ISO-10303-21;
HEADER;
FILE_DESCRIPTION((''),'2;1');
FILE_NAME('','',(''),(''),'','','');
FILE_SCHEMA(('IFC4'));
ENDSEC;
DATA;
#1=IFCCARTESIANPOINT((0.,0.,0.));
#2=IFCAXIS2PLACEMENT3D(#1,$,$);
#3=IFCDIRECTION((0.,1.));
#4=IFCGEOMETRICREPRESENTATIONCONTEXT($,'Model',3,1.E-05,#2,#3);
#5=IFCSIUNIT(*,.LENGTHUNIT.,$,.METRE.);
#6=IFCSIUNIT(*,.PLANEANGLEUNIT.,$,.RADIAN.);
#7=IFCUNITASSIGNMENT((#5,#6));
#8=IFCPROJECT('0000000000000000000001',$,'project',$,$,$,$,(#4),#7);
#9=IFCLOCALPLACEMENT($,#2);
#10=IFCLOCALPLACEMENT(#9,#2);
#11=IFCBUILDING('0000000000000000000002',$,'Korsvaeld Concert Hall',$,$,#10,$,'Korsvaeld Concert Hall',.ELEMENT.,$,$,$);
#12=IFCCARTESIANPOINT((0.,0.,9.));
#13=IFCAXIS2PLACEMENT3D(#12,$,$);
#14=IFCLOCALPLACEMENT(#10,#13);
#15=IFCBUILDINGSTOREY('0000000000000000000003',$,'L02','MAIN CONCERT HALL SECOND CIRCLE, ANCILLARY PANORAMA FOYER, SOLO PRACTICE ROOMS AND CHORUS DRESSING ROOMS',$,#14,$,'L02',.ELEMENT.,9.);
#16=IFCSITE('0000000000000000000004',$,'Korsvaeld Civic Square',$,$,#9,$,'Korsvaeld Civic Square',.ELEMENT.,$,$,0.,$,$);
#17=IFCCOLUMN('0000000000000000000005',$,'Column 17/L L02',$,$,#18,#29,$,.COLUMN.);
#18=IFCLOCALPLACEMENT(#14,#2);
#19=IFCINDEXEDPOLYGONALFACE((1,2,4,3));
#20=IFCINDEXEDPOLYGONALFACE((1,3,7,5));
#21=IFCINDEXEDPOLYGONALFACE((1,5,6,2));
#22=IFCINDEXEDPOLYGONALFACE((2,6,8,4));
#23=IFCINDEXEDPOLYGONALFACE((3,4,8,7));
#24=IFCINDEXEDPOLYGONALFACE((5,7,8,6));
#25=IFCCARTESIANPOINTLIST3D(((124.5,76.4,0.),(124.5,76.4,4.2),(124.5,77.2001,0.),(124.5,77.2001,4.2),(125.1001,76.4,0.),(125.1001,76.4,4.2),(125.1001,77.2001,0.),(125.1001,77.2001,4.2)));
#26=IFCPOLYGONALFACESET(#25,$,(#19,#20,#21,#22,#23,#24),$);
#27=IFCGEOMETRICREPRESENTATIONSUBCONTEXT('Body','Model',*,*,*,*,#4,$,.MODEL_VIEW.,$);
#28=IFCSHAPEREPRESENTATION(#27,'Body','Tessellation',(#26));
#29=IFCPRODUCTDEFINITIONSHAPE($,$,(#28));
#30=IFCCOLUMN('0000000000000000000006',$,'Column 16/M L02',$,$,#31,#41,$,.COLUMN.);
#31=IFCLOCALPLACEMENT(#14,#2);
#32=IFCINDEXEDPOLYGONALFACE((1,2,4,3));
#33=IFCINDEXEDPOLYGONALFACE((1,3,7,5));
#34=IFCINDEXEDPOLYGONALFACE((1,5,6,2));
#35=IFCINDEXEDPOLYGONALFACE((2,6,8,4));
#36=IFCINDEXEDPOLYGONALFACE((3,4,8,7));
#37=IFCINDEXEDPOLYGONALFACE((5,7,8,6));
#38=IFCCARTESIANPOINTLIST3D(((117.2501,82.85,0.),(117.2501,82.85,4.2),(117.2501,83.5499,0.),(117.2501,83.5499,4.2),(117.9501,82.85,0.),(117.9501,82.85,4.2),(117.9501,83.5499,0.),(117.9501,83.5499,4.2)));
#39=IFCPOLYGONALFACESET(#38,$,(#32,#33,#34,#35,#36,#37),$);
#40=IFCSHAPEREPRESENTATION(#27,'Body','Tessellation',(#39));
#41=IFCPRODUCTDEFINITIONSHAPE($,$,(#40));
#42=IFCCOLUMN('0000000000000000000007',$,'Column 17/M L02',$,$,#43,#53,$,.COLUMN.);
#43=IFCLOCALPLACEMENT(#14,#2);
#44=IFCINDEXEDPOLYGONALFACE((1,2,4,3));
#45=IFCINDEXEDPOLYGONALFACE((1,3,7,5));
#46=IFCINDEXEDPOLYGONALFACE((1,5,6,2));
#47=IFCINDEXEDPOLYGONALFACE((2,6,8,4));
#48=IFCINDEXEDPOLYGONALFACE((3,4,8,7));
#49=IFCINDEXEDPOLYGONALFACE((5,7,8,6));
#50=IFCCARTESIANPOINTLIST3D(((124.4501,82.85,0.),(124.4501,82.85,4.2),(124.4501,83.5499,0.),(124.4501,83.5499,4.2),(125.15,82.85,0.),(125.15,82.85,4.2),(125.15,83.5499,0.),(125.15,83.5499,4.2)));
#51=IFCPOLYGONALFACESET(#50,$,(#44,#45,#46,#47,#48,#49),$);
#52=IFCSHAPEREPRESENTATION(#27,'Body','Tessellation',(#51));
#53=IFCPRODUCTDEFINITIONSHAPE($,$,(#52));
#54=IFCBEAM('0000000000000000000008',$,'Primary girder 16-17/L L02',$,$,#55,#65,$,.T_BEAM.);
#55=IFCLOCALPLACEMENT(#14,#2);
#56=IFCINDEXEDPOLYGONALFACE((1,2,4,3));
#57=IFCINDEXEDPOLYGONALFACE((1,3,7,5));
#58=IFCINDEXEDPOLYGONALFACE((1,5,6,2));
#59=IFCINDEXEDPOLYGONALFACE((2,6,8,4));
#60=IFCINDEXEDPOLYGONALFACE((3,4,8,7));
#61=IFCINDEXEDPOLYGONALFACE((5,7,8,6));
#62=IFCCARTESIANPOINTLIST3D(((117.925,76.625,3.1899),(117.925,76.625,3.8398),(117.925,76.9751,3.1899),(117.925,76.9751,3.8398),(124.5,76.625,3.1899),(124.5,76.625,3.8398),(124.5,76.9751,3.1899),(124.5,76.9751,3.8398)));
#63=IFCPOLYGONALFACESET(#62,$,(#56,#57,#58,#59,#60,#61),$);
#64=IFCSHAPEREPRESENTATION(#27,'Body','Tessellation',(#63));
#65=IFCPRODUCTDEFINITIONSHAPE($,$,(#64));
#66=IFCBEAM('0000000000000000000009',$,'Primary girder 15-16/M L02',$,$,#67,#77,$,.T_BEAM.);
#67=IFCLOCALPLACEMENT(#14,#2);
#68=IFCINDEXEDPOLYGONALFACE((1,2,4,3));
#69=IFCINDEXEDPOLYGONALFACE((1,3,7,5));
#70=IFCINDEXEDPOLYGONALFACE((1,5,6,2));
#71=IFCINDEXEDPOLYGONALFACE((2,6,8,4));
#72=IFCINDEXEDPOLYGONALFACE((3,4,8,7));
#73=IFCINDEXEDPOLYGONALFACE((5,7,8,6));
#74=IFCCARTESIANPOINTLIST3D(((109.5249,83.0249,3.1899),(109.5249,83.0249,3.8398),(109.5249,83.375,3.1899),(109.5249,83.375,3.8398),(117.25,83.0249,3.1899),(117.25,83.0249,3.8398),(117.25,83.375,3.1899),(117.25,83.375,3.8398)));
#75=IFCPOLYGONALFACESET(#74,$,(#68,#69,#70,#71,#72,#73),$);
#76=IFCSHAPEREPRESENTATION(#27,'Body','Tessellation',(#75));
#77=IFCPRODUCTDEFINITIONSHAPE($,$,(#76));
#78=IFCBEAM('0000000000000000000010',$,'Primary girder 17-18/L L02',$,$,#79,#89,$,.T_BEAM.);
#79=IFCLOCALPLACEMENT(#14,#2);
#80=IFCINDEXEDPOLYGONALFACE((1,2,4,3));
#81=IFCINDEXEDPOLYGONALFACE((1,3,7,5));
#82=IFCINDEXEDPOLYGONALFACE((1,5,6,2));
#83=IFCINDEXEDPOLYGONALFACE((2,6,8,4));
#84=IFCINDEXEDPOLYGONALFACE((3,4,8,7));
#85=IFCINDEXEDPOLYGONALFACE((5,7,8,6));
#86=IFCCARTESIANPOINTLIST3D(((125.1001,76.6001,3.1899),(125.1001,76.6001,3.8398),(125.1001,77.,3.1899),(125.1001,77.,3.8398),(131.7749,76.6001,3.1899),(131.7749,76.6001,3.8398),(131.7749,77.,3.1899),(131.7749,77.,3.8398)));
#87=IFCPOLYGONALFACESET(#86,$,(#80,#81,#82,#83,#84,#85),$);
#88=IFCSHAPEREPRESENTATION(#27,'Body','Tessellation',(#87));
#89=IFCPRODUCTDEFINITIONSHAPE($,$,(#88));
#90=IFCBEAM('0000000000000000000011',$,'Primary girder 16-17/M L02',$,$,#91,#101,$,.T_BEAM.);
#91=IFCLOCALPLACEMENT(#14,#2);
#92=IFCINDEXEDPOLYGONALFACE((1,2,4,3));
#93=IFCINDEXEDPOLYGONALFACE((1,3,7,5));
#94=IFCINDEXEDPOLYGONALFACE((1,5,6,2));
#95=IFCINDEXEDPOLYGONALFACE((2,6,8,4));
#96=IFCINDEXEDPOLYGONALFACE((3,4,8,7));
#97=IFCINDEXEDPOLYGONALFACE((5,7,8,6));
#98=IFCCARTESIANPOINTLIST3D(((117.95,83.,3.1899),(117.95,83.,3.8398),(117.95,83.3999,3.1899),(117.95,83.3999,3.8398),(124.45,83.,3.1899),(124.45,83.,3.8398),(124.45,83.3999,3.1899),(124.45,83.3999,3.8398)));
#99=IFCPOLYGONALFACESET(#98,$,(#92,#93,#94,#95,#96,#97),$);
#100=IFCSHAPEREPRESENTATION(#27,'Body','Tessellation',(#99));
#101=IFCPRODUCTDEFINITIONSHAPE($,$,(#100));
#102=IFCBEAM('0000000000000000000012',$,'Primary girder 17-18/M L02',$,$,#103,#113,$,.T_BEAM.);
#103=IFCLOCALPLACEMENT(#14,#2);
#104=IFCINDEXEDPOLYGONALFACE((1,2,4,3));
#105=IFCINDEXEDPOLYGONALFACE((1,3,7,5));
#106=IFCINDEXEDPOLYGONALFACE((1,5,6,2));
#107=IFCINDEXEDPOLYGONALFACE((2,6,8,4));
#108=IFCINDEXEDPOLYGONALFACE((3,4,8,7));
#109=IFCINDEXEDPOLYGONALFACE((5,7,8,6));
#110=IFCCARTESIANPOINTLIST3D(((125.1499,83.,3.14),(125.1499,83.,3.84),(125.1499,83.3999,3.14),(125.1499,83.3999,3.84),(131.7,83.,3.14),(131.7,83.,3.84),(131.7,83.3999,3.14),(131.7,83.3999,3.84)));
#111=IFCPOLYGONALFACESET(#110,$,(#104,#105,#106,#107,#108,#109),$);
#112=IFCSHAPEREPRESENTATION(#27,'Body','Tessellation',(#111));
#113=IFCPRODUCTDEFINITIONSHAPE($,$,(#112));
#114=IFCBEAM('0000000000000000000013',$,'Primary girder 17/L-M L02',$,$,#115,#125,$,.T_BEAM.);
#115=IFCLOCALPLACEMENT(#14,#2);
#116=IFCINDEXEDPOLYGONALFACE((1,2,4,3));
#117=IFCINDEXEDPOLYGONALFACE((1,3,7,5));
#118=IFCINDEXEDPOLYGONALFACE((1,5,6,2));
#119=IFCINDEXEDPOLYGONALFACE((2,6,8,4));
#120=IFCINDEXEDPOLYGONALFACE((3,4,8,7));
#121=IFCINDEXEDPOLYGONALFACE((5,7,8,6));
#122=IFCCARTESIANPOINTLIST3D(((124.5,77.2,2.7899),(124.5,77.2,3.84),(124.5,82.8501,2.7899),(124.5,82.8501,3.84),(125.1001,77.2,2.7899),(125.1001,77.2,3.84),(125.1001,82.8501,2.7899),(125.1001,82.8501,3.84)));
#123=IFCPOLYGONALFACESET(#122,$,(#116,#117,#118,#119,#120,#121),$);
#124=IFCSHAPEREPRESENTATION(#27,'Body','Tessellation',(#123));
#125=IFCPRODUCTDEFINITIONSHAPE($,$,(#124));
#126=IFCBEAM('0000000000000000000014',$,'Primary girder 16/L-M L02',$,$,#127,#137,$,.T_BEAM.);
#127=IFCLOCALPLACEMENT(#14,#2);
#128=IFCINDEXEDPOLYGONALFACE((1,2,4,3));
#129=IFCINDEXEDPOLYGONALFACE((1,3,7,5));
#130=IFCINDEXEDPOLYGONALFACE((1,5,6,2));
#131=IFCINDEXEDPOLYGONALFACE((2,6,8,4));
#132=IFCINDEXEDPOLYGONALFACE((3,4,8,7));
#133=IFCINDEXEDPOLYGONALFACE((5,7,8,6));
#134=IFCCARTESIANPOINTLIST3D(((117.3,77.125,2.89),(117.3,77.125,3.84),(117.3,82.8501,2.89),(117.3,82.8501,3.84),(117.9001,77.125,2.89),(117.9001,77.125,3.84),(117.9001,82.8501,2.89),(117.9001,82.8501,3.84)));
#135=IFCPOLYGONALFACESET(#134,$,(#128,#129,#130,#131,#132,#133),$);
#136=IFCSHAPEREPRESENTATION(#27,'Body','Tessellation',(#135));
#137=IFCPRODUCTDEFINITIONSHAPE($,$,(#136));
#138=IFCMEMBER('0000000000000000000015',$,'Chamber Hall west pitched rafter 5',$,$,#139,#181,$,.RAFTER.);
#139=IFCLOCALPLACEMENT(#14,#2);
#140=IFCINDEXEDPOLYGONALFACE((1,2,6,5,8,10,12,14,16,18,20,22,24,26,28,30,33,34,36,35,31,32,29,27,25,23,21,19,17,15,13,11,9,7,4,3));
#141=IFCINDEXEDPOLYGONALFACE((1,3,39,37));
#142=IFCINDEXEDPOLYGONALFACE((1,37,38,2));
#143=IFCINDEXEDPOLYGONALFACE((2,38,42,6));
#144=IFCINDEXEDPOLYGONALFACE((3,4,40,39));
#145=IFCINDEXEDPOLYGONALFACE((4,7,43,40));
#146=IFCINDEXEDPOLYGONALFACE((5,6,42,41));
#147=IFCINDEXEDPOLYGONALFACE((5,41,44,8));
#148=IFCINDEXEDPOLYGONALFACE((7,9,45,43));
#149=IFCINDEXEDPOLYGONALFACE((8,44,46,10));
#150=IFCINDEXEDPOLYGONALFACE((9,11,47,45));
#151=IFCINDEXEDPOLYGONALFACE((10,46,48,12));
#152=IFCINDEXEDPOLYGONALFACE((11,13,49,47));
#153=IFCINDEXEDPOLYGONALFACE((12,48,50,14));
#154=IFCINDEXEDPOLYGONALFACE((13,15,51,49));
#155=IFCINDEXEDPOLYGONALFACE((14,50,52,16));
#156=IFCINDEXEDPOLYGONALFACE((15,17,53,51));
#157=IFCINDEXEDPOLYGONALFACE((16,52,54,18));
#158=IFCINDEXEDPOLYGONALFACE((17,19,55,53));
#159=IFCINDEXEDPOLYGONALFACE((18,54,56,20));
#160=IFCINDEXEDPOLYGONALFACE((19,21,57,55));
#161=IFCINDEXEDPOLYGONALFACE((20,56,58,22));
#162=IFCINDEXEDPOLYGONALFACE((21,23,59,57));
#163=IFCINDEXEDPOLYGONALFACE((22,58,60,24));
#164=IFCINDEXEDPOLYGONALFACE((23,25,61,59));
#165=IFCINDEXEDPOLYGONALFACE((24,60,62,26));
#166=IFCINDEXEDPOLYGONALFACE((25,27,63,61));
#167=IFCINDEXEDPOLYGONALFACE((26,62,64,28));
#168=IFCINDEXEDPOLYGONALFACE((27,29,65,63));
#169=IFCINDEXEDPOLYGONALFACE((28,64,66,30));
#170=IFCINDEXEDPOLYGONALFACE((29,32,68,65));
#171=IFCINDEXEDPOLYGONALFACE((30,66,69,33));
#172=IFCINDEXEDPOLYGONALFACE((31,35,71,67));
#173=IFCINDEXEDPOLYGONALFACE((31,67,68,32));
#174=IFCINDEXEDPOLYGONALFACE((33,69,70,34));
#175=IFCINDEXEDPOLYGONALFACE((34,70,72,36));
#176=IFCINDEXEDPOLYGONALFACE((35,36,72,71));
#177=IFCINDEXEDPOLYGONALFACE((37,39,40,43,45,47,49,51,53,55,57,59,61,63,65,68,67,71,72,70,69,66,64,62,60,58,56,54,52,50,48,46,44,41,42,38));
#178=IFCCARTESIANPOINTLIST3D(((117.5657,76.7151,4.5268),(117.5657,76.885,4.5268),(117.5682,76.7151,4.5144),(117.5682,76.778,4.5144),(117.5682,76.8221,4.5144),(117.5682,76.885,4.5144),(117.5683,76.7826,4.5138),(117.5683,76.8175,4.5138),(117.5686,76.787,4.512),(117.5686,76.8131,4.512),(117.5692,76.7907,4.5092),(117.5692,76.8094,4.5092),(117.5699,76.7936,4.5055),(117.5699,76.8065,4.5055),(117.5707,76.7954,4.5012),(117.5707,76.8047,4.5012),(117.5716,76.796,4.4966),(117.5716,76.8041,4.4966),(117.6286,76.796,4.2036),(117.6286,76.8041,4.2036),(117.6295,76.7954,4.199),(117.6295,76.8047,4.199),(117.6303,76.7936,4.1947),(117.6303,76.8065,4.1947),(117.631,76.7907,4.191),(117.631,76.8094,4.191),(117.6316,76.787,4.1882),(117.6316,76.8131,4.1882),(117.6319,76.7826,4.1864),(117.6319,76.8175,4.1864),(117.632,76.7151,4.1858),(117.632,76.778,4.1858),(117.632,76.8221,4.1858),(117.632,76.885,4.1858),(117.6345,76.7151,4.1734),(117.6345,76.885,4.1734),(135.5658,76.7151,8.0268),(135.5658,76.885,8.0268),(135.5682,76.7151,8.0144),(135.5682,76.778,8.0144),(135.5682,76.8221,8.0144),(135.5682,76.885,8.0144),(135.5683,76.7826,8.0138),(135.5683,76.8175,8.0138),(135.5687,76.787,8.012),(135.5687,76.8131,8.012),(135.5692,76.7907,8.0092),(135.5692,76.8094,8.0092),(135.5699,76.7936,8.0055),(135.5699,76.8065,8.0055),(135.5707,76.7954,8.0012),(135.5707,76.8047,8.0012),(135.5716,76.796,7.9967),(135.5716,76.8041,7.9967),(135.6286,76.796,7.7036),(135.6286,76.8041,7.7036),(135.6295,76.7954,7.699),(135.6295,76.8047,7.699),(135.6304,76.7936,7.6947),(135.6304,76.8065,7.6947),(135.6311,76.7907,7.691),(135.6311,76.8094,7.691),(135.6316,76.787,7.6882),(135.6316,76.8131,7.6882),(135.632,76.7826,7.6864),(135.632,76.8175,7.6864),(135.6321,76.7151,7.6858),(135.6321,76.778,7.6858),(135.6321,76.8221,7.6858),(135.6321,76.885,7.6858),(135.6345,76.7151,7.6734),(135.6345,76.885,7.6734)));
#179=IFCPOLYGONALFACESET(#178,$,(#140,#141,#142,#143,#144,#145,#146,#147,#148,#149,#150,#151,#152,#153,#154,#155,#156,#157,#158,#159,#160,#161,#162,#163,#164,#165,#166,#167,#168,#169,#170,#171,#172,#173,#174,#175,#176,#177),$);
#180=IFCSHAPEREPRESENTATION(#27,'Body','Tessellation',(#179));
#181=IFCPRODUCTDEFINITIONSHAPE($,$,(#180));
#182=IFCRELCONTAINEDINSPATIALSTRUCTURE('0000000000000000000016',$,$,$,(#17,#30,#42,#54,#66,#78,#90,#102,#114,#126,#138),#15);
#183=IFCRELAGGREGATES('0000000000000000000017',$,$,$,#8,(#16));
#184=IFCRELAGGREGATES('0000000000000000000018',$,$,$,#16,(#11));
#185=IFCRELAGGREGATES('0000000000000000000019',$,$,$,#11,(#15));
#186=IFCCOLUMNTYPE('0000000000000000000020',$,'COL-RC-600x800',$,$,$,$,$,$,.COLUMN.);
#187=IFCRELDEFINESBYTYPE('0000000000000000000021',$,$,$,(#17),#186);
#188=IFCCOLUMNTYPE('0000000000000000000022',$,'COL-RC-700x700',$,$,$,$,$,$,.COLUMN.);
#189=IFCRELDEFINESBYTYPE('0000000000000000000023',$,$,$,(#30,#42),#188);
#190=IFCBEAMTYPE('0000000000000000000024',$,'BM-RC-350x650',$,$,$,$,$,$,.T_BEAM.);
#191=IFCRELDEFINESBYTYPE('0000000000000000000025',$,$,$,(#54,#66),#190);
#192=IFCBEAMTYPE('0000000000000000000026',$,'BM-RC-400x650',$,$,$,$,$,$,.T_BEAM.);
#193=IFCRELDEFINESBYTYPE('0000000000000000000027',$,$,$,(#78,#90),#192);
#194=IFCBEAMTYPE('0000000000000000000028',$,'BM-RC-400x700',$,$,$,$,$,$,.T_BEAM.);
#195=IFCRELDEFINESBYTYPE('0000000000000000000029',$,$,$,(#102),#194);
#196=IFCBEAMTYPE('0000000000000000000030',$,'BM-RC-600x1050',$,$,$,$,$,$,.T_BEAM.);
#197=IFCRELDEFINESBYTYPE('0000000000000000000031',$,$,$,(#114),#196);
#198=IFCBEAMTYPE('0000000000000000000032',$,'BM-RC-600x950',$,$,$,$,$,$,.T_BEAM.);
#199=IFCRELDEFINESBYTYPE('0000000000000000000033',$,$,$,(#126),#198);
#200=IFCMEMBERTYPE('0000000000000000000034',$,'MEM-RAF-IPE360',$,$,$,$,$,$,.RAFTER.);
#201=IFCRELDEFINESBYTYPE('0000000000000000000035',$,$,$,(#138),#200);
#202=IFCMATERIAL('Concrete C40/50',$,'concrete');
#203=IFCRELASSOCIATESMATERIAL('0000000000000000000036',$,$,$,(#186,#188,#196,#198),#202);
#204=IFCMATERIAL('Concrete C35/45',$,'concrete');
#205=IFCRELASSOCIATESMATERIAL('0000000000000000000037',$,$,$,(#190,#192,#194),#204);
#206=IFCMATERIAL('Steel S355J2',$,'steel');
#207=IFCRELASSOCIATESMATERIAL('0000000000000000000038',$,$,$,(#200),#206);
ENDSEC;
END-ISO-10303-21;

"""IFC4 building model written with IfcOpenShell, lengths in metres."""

from ifc_helpers import new_model, si_unit, direction, frame, origin, origin_2d, place, context, subcontext, project, spatial, rectangle, i_section, extrude, material, material_profile, profile_set, type_object, element, save


model = new_model("IFC4")

# Units and contexts
model_context = context("Model", 3, precision=1e-05, world=origin(), true_north=direction((0.0, 1.0)))
body_context = subcontext(model_context, "Body", "Model", "MODEL_VIEW")
ifc_project = project(units=[si_unit("LENGTHUNIT", "METRE"), si_unit("PLANEANGLEUNIT", "RADIAN")], contexts=[model_context])

# Site, building, storey
site_placement = place(None, origin())
site = spatial("IfcSite", under=ifc_project, at=site_placement, Name="Korsvaeld Civic Square", LongName="Korsvaeld Civic Square", CompositionType="ELEMENT", RefElevation=0.0)
building_placement = place(site_placement, origin())
building = spatial("IfcBuilding", under=site, at=building_placement, Name="Korsvaeld Concert Hall", LongName="Korsvaeld Concert Hall", CompositionType="ELEMENT")
storey_placement = place(building_placement, frame((0.0, 0.0, 9.0)))
storey = spatial("IfcBuildingStorey", under=building, at=storey_placement, Name="L02", Description="MAIN CONCERT HALL SECOND CIRCLE, ANCILLARY PANORAMA FOYER, SOLO PRACTICE ROOMS AND CHORUS DRESSING ROOMS", LongName="L02", CompositionType="ELEMENT", Elevation=9.0)

# Columns
ifc_material_1 = material(Name="Concrete C40/50", Category="concrete")
ifc_material_profile_1 = material_profile(ifc_material_1, rectangle(XDim=0.6001, YDim=0.8, at=origin_2d()), Name="RC 600x800")
ifc_profile_set_1 = profile_set([ifc_material_profile_1], Name="Concrete C40/50")
column_type_1 = type_object("IfcColumnType", Name="COL-RC-600x800", PredefinedType="COLUMN", material=ifc_profile_set_1)
column_placement = place(storey_placement, frame((124.8, 76.8, 0.0), z_axis=(0.0, 0.0, 1.0), x_axis=(1.0, 0.0, 0.0)))
element("IfcColumn", 1, at=column_placement, inside=storey, type_object=column_type_1, Name="Column 17/L L02", PredefinedType="COLUMN", context=body_context, shape_type="SweptSolid", body=[
    extrude(rectangle(XDim=0.6001, YDim=0.8, at=origin_2d()), origin(), (0.0, 0.0, 1.0), 4.2),
])
ifc_material_profile_2 = material_profile(ifc_material_1, rectangle(XDim=0.7, YDim=0.7, at=origin_2d()), Name="RC 700x700")
ifc_profile_set_2 = profile_set([ifc_material_profile_2], Name="Concrete C40/50")
column_type_2 = type_object("IfcColumnType", Name="COL-RC-700x700", PredefinedType="COLUMN", material=ifc_profile_set_2)
for number, where, z_axis, x_axis, name in (
    (2, (117.6001, 83.2, 0.0), (0.0, 0.0, 1.0), (1.0, 0.0, 0.0), "Column 16/M L02"),
    (3, (124.8, 83.2, 0.0), (0.0, 0.0, 1.0), (1.0, 0.0, 0.0), "Column 17/M L02"),
):
    element("IfcColumn", number, at=place(storey_placement, frame(where, z_axis=z_axis, x_axis=x_axis)), inside=storey, type_object=column_type_2, Name=name, PredefinedType="COLUMN", context=body_context, shape_type="SweptSolid", body=[
        extrude(rectangle(XDim=0.7, YDim=0.7, at=origin_2d()), origin(), (0.0, 0.0, 1.0), 4.2),
    ])

# Beams
ifc_material_2 = material(Name="Concrete C35/45", Category="concrete")
ifc_material_profile_3 = material_profile(ifc_material_2, rectangle(XDim=0.3501, YDim=0.6499, at=origin_2d()), Name="RC 350x650")
ifc_profile_set_3 = profile_set([ifc_material_profile_3], Name="Concrete C35/45")
beam_type_1 = type_object("IfcBeamType", Name="BM-RC-350x650", PredefinedType="T_BEAM", material=ifc_profile_set_3)
beam_1_placement = place(storey_placement, frame((117.925, 76.8, 3.5149), z_axis=(1.0, 0.0, 0.0), x_axis=(0.0, 1.0, 0.0)))
element("IfcBeam", 4, at=beam_1_placement, inside=storey, type_object=beam_type_1, Name="Primary girder 16-17/L L02", PredefinedType="T_BEAM", context=body_context, shape_type="SweptSolid", body=[
    extrude(rectangle(XDim=0.3501, YDim=0.6499, at=origin_2d()), origin(), (0.0, 0.0, 1.0), 6.575),
])
beam_2_placement = place(storey_placement, frame((109.5249, 83.2, 3.5149), z_axis=(1.0, 0.0, 0.0), x_axis=(0.0, 1.0, 0.0)))
element("IfcBeam", 5, at=beam_2_placement, inside=storey, type_object=beam_type_1, Name="Primary girder 15-16/M L02", PredefinedType="T_BEAM", context=body_context, shape_type="SweptSolid", body=[
    extrude(rectangle(XDim=0.3501, YDim=0.6499, at=origin_2d()), origin(), (0.0, 0.0, 1.0), 7.7251),
])
ifc_material_profile_4 = material_profile(ifc_material_2, rectangle(XDim=0.3999, YDim=0.6499, at=origin_2d()), Name="RC 400x650")
ifc_profile_set_4 = profile_set([ifc_material_profile_4], Name="Concrete C35/45")
beam_type_2 = type_object("IfcBeamType", Name="BM-RC-400x650", PredefinedType="T_BEAM", material=ifc_profile_set_4)
beam_3_placement = place(storey_placement, frame((125.1001, 76.8, 3.5149), z_axis=(1.0, 0.0, 0.0), x_axis=(0.0, 1.0, 0.0)))
element("IfcBeam", 6, at=beam_3_placement, inside=storey, type_object=beam_type_2, Name="Primary girder 17-18/L L02", PredefinedType="T_BEAM", context=body_context, shape_type="SweptSolid", body=[
    extrude(rectangle(XDim=0.3999, YDim=0.6499, at=origin_2d()), origin(), (0.0, 0.0, 1.0), 6.6748),
])
beam_4_placement = place(storey_placement, frame((117.95, 83.2, 3.5149), z_axis=(1.0, 0.0, 0.0), x_axis=(0.0, 1.0, 0.0)))
element("IfcBeam", 7, at=beam_4_placement, inside=storey, type_object=beam_type_2, Name="Primary girder 16-17/M L02", PredefinedType="T_BEAM", context=body_context, shape_type="SweptSolid", body=[
    extrude(rectangle(XDim=0.3999, YDim=0.6499, at=origin_2d()), origin(), (0.0, 0.0, 1.0), 6.5),
])
ifc_material_profile_5 = material_profile(ifc_material_2, rectangle(XDim=0.3999, YDim=0.7, at=origin_2d()), Name="RC 400x700")
ifc_profile_set_5 = profile_set([ifc_material_profile_5], Name="Concrete C35/45")
beam_type_3 = type_object("IfcBeamType", Name="BM-RC-400x700", PredefinedType="T_BEAM", material=ifc_profile_set_5)
beam_5_placement = place(storey_placement, frame((125.1499, 83.2, 3.49), z_axis=(1.0, 0.0, 0.0), x_axis=(0.0, 1.0, 0.0)))
element("IfcBeam", 8, at=beam_5_placement, inside=storey, type_object=beam_type_3, Name="Primary girder 17-18/M L02", PredefinedType="T_BEAM", context=body_context, shape_type="SweptSolid", body=[
    extrude(rectangle(XDim=0.3999, YDim=0.7, at=origin_2d()), origin(), (0.0, 0.0, 1.0), 6.55),
])
ifc_material_profile_6 = material_profile(ifc_material_1, rectangle(XDim=0.6001, YDim=1.05, at=origin_2d()), Name="RC 600x1050")
ifc_profile_set_6 = profile_set([ifc_material_profile_6], Name="Concrete C40/50")
beam_type_4 = type_object("IfcBeamType", Name="BM-RC-600x1050", PredefinedType="T_BEAM", material=ifc_profile_set_6)
beam_6_placement = place(storey_placement, frame((124.8, 77.2, 3.3149), z_axis=(0.0, 1.0, 0.0), x_axis=(-1.0, 0.0, 0.0)))
element("IfcBeam", 9, at=beam_6_placement, inside=storey, type_object=beam_type_4, Name="Primary girder 17/L-M L02", PredefinedType="T_BEAM", context=body_context, shape_type="SweptSolid", body=[
    extrude(rectangle(XDim=0.6001, YDim=1.05, at=origin_2d()), origin(), (0.0, 0.0, 1.0), 5.6501),
])
ifc_material_profile_7 = material_profile(ifc_material_1, rectangle(XDim=0.6001, YDim=0.95, at=origin_2d()), Name="RC 600x950")
ifc_profile_set_7 = profile_set([ifc_material_profile_7], Name="Concrete C40/50")
beam_type_5 = type_object("IfcBeamType", Name="BM-RC-600x950", PredefinedType="T_BEAM", material=ifc_profile_set_7)
beam_7_placement = place(storey_placement, frame((117.6001, 77.125, 3.365), z_axis=(0.0, 1.0, 0.0), x_axis=(-1.0, 0.0, 0.0)))
element("IfcBeam", 10, at=beam_7_placement, inside=storey, type_object=beam_type_5, Name="Primary girder 16/L-M L02", PredefinedType="T_BEAM", context=body_context, shape_type="SweptSolid", body=[
    extrude(rectangle(XDim=0.6001, YDim=0.95, at=origin_2d()), origin(), (0.0, 0.0, 1.0), 5.7251),
])

# Member
ifc_material_3 = material(Name="Steel S355J2", Category="steel")
ifc_material_profile_8 = material_profile(ifc_material_3, i_section(OverallWidth=0.1699, OverallDepth=0.3601, WebThickness=0.0081, FlangeThickness=0.0127, FilletRadius=0.0181, at=origin_2d()), Name="IPE 360")
ifc_profile_set_8 = profile_set([ifc_material_profile_8], Name="Steel S355J2")
member_type = type_object("IfcMemberType", Name="MEM-RAF-IPE360", PredefinedType="RAFTER", material=ifc_profile_set_8)
member_placement = place(storey_placement, frame((117.6001, 76.8, 4.3501), z_axis=(0.981615, 0.0, 0.19087), x_axis=(0.0, 1.0, 0.0)))
element("IfcMember", 11, at=member_placement, inside=storey, type_object=member_type, Name="Chamber Hall west pitched rafter 5", PredefinedType="RAFTER", context=body_context, shape_type="SweptSolid", body=[
    extrude(i_section(OverallWidth=0.1699, OverallDepth=0.3601, WebThickness=0.0081, FlangeThickness=0.0127, FilletRadius=0.0181, at=origin_2d()), origin(), (0.0, 0.0, 1.0), 18.3372),
])

save(model, "model.ifc")
